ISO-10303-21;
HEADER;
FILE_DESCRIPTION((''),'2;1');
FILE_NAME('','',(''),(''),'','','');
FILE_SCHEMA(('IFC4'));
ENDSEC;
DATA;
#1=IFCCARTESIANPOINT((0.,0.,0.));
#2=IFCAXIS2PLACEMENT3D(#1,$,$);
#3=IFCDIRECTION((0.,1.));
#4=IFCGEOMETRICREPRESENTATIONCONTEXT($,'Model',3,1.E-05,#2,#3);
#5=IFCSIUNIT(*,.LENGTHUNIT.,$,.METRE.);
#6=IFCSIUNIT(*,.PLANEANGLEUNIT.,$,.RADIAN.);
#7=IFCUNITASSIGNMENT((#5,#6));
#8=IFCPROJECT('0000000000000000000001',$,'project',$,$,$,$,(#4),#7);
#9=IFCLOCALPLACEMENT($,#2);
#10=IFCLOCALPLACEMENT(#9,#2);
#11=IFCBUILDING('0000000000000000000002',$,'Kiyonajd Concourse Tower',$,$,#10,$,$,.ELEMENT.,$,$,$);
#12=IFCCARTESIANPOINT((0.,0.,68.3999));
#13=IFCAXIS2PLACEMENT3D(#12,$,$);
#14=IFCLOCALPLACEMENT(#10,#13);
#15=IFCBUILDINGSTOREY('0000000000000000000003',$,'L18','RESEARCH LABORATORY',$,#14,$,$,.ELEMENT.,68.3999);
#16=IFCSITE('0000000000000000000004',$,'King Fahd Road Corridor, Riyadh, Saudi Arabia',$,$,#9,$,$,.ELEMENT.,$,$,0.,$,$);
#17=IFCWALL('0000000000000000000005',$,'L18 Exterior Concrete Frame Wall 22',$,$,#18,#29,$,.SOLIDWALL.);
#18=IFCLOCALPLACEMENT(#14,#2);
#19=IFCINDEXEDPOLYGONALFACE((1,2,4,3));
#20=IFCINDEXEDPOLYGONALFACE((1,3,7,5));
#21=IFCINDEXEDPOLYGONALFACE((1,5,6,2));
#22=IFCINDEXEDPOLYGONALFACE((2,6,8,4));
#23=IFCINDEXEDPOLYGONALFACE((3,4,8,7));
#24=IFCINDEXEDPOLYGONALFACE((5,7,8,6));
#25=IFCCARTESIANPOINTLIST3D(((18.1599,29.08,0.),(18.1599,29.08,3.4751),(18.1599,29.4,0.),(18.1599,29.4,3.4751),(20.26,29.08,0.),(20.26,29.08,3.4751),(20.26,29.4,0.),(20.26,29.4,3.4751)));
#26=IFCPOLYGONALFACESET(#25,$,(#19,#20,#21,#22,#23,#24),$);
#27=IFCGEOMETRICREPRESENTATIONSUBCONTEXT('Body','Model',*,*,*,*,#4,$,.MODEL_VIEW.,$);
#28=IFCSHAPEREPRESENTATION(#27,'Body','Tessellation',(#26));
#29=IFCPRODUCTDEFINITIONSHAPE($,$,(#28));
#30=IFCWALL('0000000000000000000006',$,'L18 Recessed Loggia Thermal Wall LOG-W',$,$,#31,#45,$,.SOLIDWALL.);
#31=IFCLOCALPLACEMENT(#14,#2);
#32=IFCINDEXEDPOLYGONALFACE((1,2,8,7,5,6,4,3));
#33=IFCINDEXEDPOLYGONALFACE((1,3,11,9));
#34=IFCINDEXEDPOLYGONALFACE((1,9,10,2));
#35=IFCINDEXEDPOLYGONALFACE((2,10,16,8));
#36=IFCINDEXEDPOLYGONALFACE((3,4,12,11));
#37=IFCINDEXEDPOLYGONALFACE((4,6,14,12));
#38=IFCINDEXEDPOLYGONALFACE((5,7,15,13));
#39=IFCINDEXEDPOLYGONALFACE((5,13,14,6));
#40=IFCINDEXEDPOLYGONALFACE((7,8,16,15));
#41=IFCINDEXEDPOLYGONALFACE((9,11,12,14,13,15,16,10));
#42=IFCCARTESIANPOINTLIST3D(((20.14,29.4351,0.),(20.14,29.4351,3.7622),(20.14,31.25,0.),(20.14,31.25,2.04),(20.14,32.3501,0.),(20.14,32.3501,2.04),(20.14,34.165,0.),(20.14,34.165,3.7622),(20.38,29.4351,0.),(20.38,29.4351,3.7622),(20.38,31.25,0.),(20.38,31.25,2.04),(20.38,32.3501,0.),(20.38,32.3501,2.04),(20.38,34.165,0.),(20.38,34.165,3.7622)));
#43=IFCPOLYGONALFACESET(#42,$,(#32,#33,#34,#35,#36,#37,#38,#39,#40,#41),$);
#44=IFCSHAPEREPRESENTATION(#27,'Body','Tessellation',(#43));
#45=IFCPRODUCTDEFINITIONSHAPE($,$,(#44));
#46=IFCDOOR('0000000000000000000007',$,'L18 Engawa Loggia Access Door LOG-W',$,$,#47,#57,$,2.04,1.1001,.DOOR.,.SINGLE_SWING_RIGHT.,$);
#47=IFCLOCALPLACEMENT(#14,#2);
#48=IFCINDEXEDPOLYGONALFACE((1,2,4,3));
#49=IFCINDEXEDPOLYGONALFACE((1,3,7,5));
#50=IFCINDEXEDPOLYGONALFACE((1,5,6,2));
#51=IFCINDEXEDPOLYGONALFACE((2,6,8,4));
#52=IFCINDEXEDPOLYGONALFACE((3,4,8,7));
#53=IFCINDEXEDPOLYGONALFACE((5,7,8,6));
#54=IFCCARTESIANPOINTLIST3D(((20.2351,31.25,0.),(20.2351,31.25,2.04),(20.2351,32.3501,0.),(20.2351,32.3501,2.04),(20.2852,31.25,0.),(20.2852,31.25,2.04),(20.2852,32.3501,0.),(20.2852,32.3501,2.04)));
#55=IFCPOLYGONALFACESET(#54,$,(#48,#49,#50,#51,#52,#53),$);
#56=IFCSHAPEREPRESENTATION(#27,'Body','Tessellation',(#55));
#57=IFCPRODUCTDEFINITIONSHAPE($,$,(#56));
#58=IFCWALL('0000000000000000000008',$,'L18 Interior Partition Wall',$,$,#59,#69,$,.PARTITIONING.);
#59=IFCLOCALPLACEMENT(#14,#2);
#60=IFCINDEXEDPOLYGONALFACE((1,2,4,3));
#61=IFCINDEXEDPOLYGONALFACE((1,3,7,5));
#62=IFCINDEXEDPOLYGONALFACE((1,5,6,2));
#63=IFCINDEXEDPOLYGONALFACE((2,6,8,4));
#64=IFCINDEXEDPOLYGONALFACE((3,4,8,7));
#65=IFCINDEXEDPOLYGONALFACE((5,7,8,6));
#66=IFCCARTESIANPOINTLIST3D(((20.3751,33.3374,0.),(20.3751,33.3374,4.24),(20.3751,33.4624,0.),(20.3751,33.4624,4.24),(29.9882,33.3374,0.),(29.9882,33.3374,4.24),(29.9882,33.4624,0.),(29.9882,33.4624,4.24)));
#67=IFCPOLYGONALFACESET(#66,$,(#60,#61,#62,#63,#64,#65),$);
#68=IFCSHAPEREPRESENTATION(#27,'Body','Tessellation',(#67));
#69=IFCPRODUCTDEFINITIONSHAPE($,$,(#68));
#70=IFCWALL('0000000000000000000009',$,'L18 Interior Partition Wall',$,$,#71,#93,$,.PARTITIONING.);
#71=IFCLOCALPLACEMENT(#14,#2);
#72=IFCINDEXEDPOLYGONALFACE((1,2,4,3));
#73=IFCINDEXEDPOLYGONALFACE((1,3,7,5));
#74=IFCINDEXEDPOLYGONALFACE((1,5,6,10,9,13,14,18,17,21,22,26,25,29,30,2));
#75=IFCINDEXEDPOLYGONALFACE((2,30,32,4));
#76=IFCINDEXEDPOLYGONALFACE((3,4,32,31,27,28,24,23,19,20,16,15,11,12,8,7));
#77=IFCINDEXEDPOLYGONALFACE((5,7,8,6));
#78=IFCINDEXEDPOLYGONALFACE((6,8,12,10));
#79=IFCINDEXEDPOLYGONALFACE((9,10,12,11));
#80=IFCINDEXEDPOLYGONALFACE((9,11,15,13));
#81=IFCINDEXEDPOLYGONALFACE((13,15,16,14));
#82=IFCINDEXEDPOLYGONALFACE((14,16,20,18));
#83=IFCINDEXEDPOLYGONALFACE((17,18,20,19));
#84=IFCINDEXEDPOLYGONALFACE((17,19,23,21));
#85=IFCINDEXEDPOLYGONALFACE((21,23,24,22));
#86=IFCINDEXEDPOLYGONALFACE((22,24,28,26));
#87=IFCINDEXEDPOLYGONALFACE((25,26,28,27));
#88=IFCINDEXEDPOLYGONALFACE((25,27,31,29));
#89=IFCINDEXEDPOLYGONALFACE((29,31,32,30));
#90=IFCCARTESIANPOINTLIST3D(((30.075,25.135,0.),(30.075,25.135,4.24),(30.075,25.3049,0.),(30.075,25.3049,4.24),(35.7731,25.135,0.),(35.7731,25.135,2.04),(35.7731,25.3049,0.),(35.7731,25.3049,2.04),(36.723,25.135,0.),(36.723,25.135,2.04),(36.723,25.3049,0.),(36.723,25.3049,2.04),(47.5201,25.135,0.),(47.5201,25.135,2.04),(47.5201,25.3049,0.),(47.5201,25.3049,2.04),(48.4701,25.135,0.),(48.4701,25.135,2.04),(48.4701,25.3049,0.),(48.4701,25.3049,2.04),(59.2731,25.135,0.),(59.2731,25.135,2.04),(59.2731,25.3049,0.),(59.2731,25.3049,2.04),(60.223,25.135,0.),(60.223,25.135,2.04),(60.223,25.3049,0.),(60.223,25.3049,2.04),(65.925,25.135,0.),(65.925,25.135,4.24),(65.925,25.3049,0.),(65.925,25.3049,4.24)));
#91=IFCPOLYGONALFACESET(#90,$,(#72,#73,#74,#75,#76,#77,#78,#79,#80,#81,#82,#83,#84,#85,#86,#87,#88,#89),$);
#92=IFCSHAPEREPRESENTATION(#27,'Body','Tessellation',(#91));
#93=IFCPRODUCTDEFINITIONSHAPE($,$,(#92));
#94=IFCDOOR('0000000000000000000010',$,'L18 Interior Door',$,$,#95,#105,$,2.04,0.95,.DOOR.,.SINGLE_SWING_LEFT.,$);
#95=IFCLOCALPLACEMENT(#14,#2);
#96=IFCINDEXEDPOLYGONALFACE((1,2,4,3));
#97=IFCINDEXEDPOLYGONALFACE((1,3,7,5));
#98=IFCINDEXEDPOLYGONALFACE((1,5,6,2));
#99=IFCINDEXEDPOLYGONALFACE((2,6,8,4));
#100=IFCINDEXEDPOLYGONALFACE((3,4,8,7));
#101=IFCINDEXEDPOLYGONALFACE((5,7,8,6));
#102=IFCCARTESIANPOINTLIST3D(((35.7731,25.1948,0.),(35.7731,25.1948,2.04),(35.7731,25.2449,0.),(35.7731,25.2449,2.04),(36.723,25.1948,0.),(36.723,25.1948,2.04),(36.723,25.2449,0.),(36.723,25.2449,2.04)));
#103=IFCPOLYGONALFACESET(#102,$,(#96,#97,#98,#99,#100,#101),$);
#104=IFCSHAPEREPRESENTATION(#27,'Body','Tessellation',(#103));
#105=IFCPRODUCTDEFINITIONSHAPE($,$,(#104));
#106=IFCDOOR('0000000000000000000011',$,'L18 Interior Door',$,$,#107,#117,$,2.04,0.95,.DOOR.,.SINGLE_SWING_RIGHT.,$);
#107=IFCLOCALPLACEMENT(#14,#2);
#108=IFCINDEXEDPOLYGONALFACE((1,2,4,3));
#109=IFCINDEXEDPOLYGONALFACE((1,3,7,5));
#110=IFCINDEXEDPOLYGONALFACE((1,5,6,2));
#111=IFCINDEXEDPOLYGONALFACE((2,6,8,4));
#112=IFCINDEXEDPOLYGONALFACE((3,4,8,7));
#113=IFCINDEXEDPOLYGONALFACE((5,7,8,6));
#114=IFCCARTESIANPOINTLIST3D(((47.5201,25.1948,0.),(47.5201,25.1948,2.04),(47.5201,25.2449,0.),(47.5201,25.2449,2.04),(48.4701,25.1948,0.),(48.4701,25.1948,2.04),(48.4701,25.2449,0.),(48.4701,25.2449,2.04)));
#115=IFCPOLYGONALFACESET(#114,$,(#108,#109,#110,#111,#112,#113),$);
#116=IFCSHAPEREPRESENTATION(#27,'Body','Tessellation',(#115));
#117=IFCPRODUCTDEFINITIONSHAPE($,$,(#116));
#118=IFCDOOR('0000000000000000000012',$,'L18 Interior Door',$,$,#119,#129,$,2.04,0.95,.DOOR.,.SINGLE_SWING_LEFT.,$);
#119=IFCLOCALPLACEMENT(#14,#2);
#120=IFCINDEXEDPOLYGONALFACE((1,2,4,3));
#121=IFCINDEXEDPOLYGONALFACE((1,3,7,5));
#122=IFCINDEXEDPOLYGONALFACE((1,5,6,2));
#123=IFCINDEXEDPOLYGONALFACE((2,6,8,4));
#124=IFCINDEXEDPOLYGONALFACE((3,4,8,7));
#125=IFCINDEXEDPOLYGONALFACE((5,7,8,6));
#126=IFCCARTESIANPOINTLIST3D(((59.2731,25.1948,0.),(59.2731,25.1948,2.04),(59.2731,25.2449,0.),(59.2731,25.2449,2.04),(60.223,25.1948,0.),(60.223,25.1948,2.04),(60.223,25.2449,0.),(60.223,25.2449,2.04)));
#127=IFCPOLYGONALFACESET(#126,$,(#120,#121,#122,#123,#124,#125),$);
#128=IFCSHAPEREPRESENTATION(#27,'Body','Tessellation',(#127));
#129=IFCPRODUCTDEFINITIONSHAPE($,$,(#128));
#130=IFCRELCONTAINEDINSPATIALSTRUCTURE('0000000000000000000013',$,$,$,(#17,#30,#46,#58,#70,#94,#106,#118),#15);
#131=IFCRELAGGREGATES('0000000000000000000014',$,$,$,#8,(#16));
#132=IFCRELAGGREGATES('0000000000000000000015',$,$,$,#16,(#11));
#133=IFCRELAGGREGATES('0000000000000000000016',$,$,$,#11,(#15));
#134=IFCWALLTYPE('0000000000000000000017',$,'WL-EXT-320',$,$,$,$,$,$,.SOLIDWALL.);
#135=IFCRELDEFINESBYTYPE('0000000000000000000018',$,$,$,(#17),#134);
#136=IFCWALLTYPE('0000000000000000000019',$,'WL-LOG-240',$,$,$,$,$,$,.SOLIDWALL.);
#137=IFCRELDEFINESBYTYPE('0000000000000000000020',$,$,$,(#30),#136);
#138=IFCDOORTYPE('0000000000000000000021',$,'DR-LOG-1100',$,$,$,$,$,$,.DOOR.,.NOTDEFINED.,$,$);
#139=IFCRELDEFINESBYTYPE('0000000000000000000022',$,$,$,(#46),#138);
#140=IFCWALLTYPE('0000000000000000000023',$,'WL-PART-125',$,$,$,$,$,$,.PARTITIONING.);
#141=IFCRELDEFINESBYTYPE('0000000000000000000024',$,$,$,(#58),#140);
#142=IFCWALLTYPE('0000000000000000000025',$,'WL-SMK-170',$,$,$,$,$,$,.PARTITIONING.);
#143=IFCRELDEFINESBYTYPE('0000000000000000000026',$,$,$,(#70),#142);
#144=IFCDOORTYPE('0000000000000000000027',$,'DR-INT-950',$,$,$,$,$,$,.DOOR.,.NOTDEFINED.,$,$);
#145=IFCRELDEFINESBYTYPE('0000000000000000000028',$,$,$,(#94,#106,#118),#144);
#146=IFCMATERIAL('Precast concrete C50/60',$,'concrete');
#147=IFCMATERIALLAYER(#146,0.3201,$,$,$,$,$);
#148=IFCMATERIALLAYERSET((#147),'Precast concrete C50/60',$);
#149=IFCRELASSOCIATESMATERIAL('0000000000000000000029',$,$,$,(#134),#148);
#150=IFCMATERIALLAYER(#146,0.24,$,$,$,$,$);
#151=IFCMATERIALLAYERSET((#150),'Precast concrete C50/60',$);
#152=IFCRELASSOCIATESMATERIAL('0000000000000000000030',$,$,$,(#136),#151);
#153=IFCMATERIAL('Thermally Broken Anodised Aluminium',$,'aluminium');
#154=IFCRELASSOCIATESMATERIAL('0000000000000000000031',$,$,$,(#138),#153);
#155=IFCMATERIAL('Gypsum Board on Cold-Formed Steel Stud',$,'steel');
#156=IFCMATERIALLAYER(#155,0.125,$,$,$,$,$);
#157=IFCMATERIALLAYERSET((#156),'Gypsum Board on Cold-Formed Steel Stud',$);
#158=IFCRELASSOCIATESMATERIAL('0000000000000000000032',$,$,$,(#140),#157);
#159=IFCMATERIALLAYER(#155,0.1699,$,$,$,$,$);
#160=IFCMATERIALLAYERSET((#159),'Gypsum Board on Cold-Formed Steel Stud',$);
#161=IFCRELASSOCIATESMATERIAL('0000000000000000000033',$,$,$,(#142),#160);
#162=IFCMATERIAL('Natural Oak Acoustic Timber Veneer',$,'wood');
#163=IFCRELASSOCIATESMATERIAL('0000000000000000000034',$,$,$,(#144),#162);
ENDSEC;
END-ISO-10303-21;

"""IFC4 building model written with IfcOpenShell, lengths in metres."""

from ifc_helpers import new_model, si_unit, direction, frame, frame_2d, origin, place, context, subcontext, project, spatial, rectangle, extrude, material, layer, layer_set, type_object, element, fill, save


model = new_model("IFC4")

# Units and contexts
model_context = context("Model", 3, precision=1e-05, world=origin(), true_north=direction((0.0, 1.0)))
body_context = subcontext(model_context, "Body", "Model", "MODEL_VIEW")
ifc_project = project(units=[si_unit("LENGTHUNIT", "METRE"), si_unit("PLANEANGLEUNIT", "RADIAN")], contexts=[model_context])

# Site, building, storey
site_placement = place(None, origin())
site = spatial("IfcSite", under=ifc_project, at=site_placement, Name="King Fahd Road Corridor, Riyadh, Saudi Arabia", CompositionType="ELEMENT", RefElevation=0.0)
building_placement = place(site_placement, origin())
building = spatial("IfcBuilding", under=site, at=building_placement, Name="Kiyonajd Concourse Tower", CompositionType="ELEMENT")
storey_placement = place(building_placement, frame((0.0, 0.0, 68.3999)))
storey = spatial("IfcBuildingStorey", under=building, at=storey_placement, Name="L18", Description="RESEARCH LABORATORY", CompositionType="ELEMENT", Elevation=68.3999)

# Shared definitions
ifc_material_1 = material(Name="Precast concrete C50/60", Category="concrete")

# Shared definitions
ifc_material_2 = material(Name="Thermally Broken Anodised Aluminium", Category="aluminium")

# Wall
ifc_layer_1 = layer(ifc_material_1, 0.3201)
ifc_layer_set_1 = layer_set([ifc_layer_1], Name="Precast concrete C50/60")
wall_type_1 = type_object("IfcWallType", Name="WL-EXT-320", PredefinedType="SOLIDWALL", material=ifc_layer_set_1)
wall_1_placement = place(storey_placement, frame((18.1599, 29.24, 0.0), z_axis=(0.0, 0.0, 1.0), x_axis=(1.0, 0.0, 0.0)))
element("IfcWall", 1, at=wall_1_placement, inside=storey, type_object=wall_type_1, Name="L18 Exterior Concrete Frame Wall 22", PredefinedType="SOLIDWALL", context=body_context, shape_type="SweptSolid", body=[
    extrude(rectangle(XDim=2.1001, YDim=0.3201, at=frame_2d((1.05, 0.0))), origin(), (0.0, 0.0, 1.0), 3.4751),
])

# Wall, opening, door
ifc_layer_2 = layer(ifc_material_1, 0.24)
ifc_layer_set_2 = layer_set([ifc_layer_2], Name="Precast concrete C50/60")
wall_type_2 = type_object("IfcWallType", Name="WL-LOG-240", PredefinedType="SOLIDWALL", material=ifc_layer_set_2)
wall_2_placement = place(storey_placement, frame((20.26, 29.4351, 0.0), z_axis=(0.0, 0.0, 1.0), x_axis=(0.0, 1.0, 0.0)))
wall_2 = element("IfcWall", 2, at=wall_2_placement, inside=storey, type_object=wall_type_2, Name="L18 Recessed Loggia Thermal Wall LOG-W", PredefinedType="SOLIDWALL", context=body_context, shape_type="SweptSolid", body=[
    extrude(rectangle(XDim=4.73, YDim=0.24, at=frame_2d((2.365, 0.0))), origin(), (0.0, 0.0, 1.0), 3.7622),
])
opening_1_placement = place(wall_2_placement, frame((1.8149, 0.0, 0.0)))
opening_1 = element("IfcOpeningElement", 3, at=opening_1_placement, cuts=wall_2, PredefinedType="OPENING", context=body_context, shape_type="SweptSolid", body=[
    extrude(rectangle(XDim=1.1001, YDim=2.04, at=frame_2d((0.55, 1.02))), frame((0.0, 0.1299, 0.0), z_axis=(0.0, -1.0, 0.0), x_axis=(1.0, 0.0, 0.0)), (0.0, 0.0, 1.0), 0.26),
])
door_type_1 = type_object("IfcDoorType", Name="DR-LOG-1100", OperationType="NOTDEFINED", PredefinedType="DOOR", material=ifc_material_2)
door_1_placement = place(opening_1_placement, origin())
door_1 = element("IfcDoor", 4, at=door_1_placement, inside=storey, type_object=door_type_1, Name="L18 Engawa Loggia Access Door LOG-W", OperationType="SINGLE_SWING_RIGHT", OverallHeight=2.04, OverallWidth=1.1001, PredefinedType="DOOR", context=body_context, shape_type="SweptSolid", body=[
    extrude(rectangle(XDim=1.1001, YDim=2.04, at=frame_2d((0.55, 1.02))), frame((0.0, 0.0249, 0.0), z_axis=(0.0, -1.0, 0.0), x_axis=(1.0, 0.0, 0.0)), (0.0, 0.0, 1.0), 0.05),
])
fill(opening_1, door_1)

# Wall
ifc_material_3 = material(Name="Gypsum Board on Cold-Formed Steel Stud", Category="steel")
ifc_layer_3 = layer(ifc_material_3, 0.125)
ifc_layer_set_3 = layer_set([ifc_layer_3], Name="Gypsum Board on Cold-Formed Steel Stud")
wall_type_3 = type_object("IfcWallType", Name="WL-PART-125", PredefinedType="PARTITIONING", material=ifc_layer_set_3)
wall_3_placement = place(storey_placement, frame((20.375, 33.3999, 0.0), z_axis=(0.0, 0.0, 1.0), x_axis=(1.0, 0.0, 0.0)))
element("IfcWall", 5, at=wall_3_placement, inside=storey, type_object=wall_type_3, Name="L18 Interior Partition Wall", PredefinedType="PARTITIONING", context=body_context, shape_type="SweptSolid", body=[
    extrude(rectangle(XDim=9.613, YDim=0.125, at=frame_2d((4.8066, 0.0))), origin(), (0.0, 0.0, 1.0), 4.24),
])

# Wall, openings, doors
ifc_layer_4 = layer(ifc_material_3, 0.1699)
ifc_layer_set_4 = layer_set([ifc_layer_4], Name="Gypsum Board on Cold-Formed Steel Stud")
wall_type_4 = type_object("IfcWallType", Name="WL-SMK-170", PredefinedType="PARTITIONING", material=ifc_layer_set_4)
wall_4_placement = place(storey_placement, frame((30.075, 25.22, 0.0), z_axis=(0.0, 0.0, 1.0), x_axis=(1.0, 0.0, 0.0)))
wall_4 = element("IfcWall", 6, at=wall_4_placement, inside=storey, type_object=wall_type_4, Name="L18 Interior Partition Wall", PredefinedType="PARTITIONING", context=body_context, shape_type="SweptSolid", body=[
    extrude(rectangle(XDim=35.8501, YDim=0.1699, at=frame_2d((17.925, 0.0))), origin(), (0.0, 0.0, 1.0), 4.24),
])
opening_2_placement = place(wall_4_placement, frame((5.698, 0.0, 0.0)))
opening_2 = element("IfcOpeningElement", 7, at=opening_2_placement, cuts=wall_4, PredefinedType="OPENING", context=body_context, shape_type="SweptSolid", body=[
    extrude(rectangle(XDim=0.95, YDim=2.04, at=frame_2d((0.4751, 1.02))), frame((0.0, 0.095, 0.0), z_axis=(0.0, -1.0, 0.0), x_axis=(1.0, 0.0, 0.0)), (0.0, 0.0, 1.0), 0.1899),
])
opening_3_placement = place(wall_4_placement, frame((17.4451, 0.0, 0.0)))
opening_3 = element("IfcOpeningElement", 8, at=opening_3_placement, cuts=wall_4, PredefinedType="OPENING", context=body_context, shape_type="SweptSolid", body=[
    extrude(rectangle(XDim=0.95, YDim=2.04, at=frame_2d((0.4751, 1.02))), frame((0.0, 0.095, 0.0), z_axis=(0.0, -1.0, 0.0), x_axis=(1.0, 0.0, 0.0)), (0.0, 0.0, 1.0), 0.1899),
])
opening_4_placement = place(wall_4_placement, frame((29.198, 0.0, 0.0)))
opening_4 = element("IfcOpeningElement", 9, at=opening_4_placement, cuts=wall_4, PredefinedType="OPENING", context=body_context, shape_type="SweptSolid", body=[
    extrude(rectangle(XDim=0.95, YDim=2.04, at=frame_2d((0.4751, 1.02))), frame((0.0, 0.095, 0.0), z_axis=(0.0, -1.0, 0.0), x_axis=(1.0, 0.0, 0.0)), (0.0, 0.0, 1.0), 0.1899),
])
ifc_material_4 = material(Name="Natural Oak Acoustic Timber Veneer", Category="wood")
door_type_2 = type_object("IfcDoorType", Name="DR-INT-950", OperationType="NOTDEFINED", PredefinedType="DOOR", material=ifc_material_4)
door_2_placement = place(opening_2_placement, origin())
door_2 = element("IfcDoor", 10, at=door_2_placement, inside=storey, type_object=door_type_2, Name="L18 Interior Door", OperationType="SINGLE_SWING_LEFT", OverallHeight=2.04, OverallWidth=0.95, PredefinedType="DOOR", context=body_context, shape_type="SweptSolid", body=[
    extrude(rectangle(XDim=0.95, YDim=2.04, at=frame_2d((0.4751, 1.02))), frame((0.0, 0.0249, 0.0), z_axis=(0.0, -1.0, 0.0), x_axis=(1.0, 0.0, 0.0)), (0.0, 0.0, 1.0), 0.05),
])
fill(opening_2, door_2)
door_3_placement = place(opening_3_placement, origin())
door_3 = element("IfcDoor", 11, at=door_3_placement, inside=storey, type_object=door_type_2, Name="L18 Interior Door", OperationType="SINGLE_SWING_RIGHT", OverallHeight=2.04, OverallWidth=0.95, PredefinedType="DOOR", context=body_context, shape_type="SweptSolid", body=[
    extrude(rectangle(XDim=0.95, YDim=2.04, at=frame_2d((0.4751, 1.02))), frame((0.0, 0.0249, 0.0), z_axis=(0.0, -1.0, 0.0), x_axis=(1.0, 0.0, 0.0)), (0.0, 0.0, 1.0), 0.05),
])
fill(opening_3, door_3)
door_4_placement = place(opening_4_placement, origin())
door_4 = element("IfcDoor", 12, at=door_4_placement, inside=storey, type_object=door_type_2, Name="L18 Interior Door", OperationType="SINGLE_SWING_LEFT", OverallHeight=2.04, OverallWidth=0.95, PredefinedType="DOOR", context=body_context, shape_type="SweptSolid", body=[
    extrude(rectangle(XDim=0.95, YDim=2.04, at=frame_2d((0.4751, 1.02))), frame((0.0, 0.0249, 0.0), z_axis=(0.0, -1.0, 0.0), x_axis=(1.0, 0.0, 0.0)), (0.0, 0.0, 1.0), 0.05),
])
fill(opening_4, door_4)

save(model, "model.ifc")
